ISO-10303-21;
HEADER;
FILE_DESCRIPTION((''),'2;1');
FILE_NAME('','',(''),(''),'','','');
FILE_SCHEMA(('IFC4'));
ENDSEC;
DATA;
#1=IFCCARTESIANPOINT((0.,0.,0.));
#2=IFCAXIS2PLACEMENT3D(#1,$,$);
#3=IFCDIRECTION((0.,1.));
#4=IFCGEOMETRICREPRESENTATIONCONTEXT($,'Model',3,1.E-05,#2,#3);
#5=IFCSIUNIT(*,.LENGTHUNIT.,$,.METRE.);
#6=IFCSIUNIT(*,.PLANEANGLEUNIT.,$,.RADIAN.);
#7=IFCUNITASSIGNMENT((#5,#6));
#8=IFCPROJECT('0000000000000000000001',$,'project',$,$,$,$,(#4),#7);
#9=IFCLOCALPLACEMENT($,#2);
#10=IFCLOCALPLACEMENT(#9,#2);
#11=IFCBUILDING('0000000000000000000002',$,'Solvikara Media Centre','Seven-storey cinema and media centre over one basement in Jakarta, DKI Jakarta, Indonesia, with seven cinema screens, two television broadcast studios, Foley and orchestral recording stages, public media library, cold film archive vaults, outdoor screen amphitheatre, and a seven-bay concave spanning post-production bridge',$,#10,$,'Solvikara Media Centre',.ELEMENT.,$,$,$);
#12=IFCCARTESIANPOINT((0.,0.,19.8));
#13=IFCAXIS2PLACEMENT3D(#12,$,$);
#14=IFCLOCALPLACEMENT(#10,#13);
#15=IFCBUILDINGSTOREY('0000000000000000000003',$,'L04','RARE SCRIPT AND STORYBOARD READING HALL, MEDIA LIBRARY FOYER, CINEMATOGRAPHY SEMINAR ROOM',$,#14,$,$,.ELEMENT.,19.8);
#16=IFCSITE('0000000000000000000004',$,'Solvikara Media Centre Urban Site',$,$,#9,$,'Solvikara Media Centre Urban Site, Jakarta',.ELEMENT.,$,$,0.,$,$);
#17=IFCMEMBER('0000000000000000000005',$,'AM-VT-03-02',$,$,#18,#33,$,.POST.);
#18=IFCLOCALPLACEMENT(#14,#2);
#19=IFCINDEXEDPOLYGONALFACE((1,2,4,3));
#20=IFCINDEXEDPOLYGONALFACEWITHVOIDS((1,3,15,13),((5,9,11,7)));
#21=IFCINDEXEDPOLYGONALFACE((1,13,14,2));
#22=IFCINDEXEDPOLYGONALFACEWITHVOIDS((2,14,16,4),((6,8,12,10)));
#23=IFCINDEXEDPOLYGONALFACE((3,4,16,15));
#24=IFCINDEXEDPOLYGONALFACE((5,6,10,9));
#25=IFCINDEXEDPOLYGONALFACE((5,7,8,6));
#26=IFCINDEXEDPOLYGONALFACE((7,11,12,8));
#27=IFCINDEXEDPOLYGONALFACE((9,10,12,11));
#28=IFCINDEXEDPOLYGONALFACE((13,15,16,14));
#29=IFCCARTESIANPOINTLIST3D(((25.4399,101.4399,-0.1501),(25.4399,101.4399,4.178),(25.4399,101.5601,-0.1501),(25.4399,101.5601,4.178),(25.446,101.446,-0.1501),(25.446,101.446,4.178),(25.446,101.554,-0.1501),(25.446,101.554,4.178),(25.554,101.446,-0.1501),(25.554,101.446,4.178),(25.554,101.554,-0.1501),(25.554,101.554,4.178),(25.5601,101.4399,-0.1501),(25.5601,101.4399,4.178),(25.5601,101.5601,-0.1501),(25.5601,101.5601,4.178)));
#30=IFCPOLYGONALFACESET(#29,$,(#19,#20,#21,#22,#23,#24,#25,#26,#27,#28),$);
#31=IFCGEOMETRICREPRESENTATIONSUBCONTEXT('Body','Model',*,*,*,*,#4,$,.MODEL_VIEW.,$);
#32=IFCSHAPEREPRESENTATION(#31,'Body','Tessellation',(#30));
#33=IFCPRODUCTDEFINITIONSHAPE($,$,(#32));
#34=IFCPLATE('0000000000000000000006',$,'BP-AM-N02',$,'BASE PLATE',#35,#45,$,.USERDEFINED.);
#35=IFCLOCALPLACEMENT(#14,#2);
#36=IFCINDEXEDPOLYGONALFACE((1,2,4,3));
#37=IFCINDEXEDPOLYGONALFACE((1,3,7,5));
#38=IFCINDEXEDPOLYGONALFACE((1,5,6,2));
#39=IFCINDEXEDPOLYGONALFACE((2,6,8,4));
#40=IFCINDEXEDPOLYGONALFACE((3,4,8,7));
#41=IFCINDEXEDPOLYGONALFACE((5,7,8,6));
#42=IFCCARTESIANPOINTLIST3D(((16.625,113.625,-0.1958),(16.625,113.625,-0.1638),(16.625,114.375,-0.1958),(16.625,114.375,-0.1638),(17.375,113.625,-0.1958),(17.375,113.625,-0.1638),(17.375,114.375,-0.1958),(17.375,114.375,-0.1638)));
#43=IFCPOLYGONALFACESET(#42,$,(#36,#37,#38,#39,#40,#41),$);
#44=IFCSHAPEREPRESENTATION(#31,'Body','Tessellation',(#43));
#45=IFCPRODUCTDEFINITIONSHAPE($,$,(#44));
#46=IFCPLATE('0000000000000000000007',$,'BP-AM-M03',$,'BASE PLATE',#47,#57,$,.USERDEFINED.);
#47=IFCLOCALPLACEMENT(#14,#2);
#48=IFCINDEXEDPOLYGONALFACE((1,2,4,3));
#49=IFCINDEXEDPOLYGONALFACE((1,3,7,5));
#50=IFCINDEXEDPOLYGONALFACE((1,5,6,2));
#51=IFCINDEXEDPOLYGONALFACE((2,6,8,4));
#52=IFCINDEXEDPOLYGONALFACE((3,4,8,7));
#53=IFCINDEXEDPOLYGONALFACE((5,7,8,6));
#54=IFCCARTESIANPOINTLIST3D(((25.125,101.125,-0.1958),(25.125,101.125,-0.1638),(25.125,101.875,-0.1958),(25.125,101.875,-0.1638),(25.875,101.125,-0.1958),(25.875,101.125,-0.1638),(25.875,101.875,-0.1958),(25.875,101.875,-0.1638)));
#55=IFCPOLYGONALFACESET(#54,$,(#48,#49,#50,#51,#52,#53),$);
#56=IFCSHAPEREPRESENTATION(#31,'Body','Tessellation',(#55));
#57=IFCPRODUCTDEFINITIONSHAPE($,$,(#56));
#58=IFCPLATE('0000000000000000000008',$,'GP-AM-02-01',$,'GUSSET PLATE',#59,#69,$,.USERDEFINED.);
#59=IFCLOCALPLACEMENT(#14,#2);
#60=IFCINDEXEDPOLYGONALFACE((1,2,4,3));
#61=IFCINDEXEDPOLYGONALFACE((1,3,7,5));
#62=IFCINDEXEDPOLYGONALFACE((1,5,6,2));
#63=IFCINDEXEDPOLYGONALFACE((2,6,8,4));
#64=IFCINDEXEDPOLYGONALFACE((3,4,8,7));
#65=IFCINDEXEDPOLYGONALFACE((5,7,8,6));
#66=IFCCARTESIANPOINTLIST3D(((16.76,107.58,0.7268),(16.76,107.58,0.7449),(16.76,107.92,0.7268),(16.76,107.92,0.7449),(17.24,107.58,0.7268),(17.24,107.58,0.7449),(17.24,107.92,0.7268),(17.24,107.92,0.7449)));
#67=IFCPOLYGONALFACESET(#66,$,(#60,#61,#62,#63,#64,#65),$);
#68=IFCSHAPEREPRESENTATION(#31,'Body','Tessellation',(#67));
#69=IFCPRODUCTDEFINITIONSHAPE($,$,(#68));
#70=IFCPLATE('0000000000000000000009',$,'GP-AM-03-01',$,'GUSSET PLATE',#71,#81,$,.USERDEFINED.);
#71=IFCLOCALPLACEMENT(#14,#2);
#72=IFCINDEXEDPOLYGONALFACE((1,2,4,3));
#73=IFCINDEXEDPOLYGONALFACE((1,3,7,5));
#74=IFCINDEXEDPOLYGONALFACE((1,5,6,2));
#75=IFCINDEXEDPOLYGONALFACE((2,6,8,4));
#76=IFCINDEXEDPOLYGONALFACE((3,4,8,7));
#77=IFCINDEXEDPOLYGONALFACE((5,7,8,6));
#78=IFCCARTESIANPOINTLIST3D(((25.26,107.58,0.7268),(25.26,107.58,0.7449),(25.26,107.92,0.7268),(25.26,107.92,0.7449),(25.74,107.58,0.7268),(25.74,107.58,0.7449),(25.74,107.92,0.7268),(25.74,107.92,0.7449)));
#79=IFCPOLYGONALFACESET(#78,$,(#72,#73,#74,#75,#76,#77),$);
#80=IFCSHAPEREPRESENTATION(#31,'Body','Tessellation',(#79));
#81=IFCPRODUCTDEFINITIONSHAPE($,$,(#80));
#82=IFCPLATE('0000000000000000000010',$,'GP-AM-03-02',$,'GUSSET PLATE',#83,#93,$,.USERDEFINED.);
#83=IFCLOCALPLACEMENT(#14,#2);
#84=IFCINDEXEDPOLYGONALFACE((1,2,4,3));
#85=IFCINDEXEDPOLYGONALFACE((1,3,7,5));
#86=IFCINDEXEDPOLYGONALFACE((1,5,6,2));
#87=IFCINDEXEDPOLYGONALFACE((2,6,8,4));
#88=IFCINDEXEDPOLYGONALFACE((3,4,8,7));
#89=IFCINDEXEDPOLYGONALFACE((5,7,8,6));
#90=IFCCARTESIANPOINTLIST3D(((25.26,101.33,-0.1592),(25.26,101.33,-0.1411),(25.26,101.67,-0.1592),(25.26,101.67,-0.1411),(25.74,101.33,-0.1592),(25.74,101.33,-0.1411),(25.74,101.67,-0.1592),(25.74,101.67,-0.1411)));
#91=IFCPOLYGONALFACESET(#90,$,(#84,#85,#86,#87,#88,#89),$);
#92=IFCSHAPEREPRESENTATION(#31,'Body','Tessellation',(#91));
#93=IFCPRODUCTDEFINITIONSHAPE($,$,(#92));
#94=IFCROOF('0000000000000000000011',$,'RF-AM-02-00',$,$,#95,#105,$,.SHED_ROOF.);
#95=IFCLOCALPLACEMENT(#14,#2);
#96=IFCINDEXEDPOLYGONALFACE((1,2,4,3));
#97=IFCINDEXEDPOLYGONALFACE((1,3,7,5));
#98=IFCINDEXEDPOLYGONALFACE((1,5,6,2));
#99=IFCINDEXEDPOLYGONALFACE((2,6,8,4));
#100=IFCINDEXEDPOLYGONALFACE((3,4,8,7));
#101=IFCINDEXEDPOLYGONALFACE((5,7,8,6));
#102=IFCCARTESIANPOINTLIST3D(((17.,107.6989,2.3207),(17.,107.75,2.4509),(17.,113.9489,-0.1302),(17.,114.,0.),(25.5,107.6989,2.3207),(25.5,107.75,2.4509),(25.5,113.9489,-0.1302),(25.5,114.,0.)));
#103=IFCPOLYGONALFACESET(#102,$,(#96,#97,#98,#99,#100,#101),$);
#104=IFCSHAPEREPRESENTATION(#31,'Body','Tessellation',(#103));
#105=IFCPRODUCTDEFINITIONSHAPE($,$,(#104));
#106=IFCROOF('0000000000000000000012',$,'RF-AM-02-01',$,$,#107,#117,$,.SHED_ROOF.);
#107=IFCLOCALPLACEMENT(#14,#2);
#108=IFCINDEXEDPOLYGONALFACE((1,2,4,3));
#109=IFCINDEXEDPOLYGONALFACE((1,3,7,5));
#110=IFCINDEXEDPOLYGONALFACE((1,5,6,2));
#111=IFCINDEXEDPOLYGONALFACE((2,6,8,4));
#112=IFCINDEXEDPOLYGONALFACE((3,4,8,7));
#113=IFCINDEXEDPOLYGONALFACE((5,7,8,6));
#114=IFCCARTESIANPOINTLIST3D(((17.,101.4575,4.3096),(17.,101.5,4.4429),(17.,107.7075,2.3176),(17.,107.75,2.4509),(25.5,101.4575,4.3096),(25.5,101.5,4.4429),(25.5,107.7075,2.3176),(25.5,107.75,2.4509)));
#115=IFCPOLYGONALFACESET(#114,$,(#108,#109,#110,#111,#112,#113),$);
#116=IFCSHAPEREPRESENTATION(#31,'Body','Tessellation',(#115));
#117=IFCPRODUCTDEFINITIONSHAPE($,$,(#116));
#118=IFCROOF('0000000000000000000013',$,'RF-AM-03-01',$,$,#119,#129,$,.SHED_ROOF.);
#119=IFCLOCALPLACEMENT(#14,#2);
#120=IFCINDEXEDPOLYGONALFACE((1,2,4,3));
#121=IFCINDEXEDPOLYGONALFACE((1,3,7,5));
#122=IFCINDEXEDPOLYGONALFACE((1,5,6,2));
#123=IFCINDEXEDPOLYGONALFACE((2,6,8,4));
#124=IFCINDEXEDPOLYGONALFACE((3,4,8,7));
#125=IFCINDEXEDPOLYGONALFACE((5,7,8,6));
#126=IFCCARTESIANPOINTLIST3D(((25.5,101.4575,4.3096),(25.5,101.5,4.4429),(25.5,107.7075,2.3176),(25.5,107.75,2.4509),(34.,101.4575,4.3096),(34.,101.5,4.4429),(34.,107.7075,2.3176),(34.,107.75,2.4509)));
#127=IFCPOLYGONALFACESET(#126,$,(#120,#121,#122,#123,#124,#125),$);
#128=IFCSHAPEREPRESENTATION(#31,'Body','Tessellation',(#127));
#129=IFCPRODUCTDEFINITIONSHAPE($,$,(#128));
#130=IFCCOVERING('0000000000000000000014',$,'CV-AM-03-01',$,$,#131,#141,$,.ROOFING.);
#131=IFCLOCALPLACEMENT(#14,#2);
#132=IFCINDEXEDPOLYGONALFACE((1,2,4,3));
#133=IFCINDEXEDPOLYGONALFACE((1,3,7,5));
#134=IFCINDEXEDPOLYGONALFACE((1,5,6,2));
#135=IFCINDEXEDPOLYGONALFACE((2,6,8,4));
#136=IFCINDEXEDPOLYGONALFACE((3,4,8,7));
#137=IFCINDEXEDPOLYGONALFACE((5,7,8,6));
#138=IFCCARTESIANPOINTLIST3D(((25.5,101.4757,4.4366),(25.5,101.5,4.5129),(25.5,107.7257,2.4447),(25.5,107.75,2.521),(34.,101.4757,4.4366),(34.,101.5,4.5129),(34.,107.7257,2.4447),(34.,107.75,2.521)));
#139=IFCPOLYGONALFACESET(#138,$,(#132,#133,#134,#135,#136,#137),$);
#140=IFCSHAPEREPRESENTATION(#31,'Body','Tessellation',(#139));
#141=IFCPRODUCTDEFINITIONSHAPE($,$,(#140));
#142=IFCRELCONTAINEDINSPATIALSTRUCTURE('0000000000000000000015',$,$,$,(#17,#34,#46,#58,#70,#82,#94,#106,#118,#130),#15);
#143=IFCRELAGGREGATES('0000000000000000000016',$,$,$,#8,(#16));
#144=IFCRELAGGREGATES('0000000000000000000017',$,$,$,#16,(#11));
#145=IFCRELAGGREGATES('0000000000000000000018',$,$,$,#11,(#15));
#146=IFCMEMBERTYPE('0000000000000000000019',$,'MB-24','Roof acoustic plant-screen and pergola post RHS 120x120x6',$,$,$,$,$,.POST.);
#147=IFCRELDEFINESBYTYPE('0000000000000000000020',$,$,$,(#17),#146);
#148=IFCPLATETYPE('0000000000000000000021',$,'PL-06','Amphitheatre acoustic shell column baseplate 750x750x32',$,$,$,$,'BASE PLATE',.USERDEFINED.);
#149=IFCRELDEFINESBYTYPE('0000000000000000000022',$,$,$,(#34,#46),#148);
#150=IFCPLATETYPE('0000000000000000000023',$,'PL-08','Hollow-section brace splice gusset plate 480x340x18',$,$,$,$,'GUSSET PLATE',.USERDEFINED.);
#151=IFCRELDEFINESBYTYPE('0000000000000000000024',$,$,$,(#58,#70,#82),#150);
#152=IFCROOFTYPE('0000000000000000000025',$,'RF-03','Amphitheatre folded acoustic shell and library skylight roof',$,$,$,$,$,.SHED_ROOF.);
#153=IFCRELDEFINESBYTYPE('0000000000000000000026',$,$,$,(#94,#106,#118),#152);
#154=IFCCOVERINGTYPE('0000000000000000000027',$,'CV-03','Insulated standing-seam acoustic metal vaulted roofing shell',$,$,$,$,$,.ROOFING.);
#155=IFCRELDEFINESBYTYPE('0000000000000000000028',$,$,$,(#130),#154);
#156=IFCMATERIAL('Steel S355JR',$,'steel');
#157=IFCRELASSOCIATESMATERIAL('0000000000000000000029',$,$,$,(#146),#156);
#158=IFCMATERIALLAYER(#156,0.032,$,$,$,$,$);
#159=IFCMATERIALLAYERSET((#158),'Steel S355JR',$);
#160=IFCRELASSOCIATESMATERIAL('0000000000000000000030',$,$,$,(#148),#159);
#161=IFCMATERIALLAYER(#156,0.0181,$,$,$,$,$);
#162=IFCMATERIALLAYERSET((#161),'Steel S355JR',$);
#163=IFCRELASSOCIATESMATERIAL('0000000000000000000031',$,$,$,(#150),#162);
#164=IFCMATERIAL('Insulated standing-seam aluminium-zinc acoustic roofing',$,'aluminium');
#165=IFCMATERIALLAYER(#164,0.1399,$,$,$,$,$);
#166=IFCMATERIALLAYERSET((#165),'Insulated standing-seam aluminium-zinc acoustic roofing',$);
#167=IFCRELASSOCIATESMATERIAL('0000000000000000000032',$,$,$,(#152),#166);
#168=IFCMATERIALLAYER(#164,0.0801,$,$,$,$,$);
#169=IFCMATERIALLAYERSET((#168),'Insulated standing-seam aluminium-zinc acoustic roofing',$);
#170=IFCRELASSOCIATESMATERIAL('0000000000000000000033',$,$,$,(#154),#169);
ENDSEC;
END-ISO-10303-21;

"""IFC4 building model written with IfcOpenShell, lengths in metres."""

from ifc_helpers import new_model, si_unit, direction, frame, origin, origin_2d, place, context, subcontext, project, spatial, polyline, rectangle, hollow_rectangle, outline, extrude, material, layer, layer_set, material_profile, profile_set, type_object, element, save


model = new_model("IFC4")

# Units and contexts
model_context = context("Model", 3, precision=1e-05, world=origin(), true_north=direction((0.0, 1.0)))
body_context = subcontext(model_context, "Body", "Model", "MODEL_VIEW")
ifc_project = project(units=[si_unit("LENGTHUNIT", "METRE"), si_unit("PLANEANGLEUNIT", "RADIAN")], contexts=[model_context])

# Site, building, storey
site_placement = place(None, origin())
site = spatial("IfcSite", under=ifc_project, at=site_placement, Name="Solvikara Media Centre Urban Site", LongName="Solvikara Media Centre Urban Site, Jakarta", CompositionType="ELEMENT", RefElevation=0.0)
building_placement = place(site_placement, origin())
building = spatial("IfcBuilding", under=site, at=building_placement, Name="Solvikara Media Centre", Description="Seven-storey cinema and media centre over one basement in Jakarta, DKI Jakarta, Indonesia, with seven cinema screens, two television broadcast studios, Foley and orchestral recording stages, public media library, cold film archive vaults, outdoor screen amphitheatre, and a seven-bay concave spanning post-production bridge", LongName="Solvikara Media Centre", CompositionType="ELEMENT")
storey_placement = place(building_placement, frame((0.0, 0.0, 19.8)))
storey = spatial("IfcBuildingStorey", under=building, at=storey_placement, Name="L04", Description="RARE SCRIPT AND STORYBOARD READING HALL, MEDIA LIBRARY FOYER, CINEMATOGRAPHY SEMINAR ROOM", CompositionType="ELEMENT", Elevation=19.8)

# Shared definitions
ifc_material_1 = material(Name="Steel S355JR", Category="steel")

# Member
ifc_material_profile_1 = material_profile(ifc_material_1, hollow_rectangle(XDim=0.1201, YDim=0.1201, WallThickness=0.0061, at=origin_2d()), Name="RHS 120x120x6")
ifc_profile_set_1 = profile_set([ifc_material_profile_1], Name="Steel S355JR")
member_type_1 = type_object("IfcMemberType", Name="MB-24", Description="Roof acoustic plant-screen and pergola post RHS 120x120x6", PredefinedType="POST", material=ifc_profile_set_1)
member_1_placement = place(storey_placement, frame((25.5, 101.5, -0.1501), z_axis=(0.0, 0.0, 1.0), x_axis=(1.0, 0.0, 0.0)))
element("IfcMember", 1, at=member_1_placement, inside=storey, type_object=member_type_1, Name="AM-VT-03-02", PredefinedType="POST", context=body_context, shape_type="SweptSolid", body=[
    extrude(hollow_rectangle(XDim=0.1201, YDim=0.1201, WallThickness=0.0061, at=origin_2d()), origin(), (0.0, 0.0, 1.0), 4.3281),
])

# Plates
ifc_layer_1 = layer(ifc_material_1, 0.032)
ifc_layer_set_1 = layer_set([ifc_layer_1], Name="Steel S355JR")
plate_type_1 = type_object("IfcPlateType", Name="PL-06", Description="Amphitheatre acoustic shell column baseplate 750x750x32", ElementType="BASE PLATE", PredefinedType="USERDEFINED", material=ifc_layer_set_1)
for number, where, z_axis, x_axis, name in (
    (2, (17.0, 114.0, -0.1958), (0.0, 0.0, 1.0), (1.0, 0.0, 0.0), "BP-AM-N02"),
    (3, (25.5, 101.5, -0.1958), (0.0, 0.0, 1.0), (1.0, 0.0, 0.0), "BP-AM-M03"),
):
    element("IfcPlate", number, at=place(storey_placement, frame(where, z_axis=z_axis, x_axis=x_axis)), inside=storey, type_object=plate_type_1, Name=name, ObjectType="BASE PLATE", PredefinedType="USERDEFINED", context=body_context, shape_type="SweptSolid", body=[
        extrude(rectangle(XDim=0.75, YDim=0.75, at=origin_2d()), origin(), (0.0, 0.0, 1.0), 0.032),
    ])
ifc_layer_2 = layer(ifc_material_1, 0.0181)
ifc_layer_set_2 = layer_set([ifc_layer_2], Name="Steel S355JR")
plate_type_2 = type_object("IfcPlateType", Name="PL-08", Description="Hollow-section brace splice gusset plate 480x340x18", ElementType="GUSSET PLATE", PredefinedType="USERDEFINED", material=ifc_layer_set_2)
for number, where, z_axis, x_axis, name in (
    (4, (17.0, 107.75, 0.7268), (0.0, 0.0, 1.0), (1.0, 0.0, 0.0), "GP-AM-02-01"),
    (5, (25.5, 107.75, 0.7268), (0.0, 0.0, 1.0), (1.0, 0.0, 0.0), "GP-AM-03-01"),
    (6, (25.5, 101.5, -0.1592), (0.0, 0.0, 1.0), (1.0, 0.0, 0.0), "GP-AM-03-02"),
):
    element("IfcPlate", number, at=place(storey_placement, frame(where, z_axis=z_axis, x_axis=x_axis)), inside=storey, type_object=plate_type_2, Name=name, ObjectType="GUSSET PLATE", PredefinedType="USERDEFINED", context=body_context, shape_type="SweptSolid", body=[
        extrude(rectangle(XDim=0.48, YDim=0.3401, at=origin_2d()), origin(), (0.0, 0.0, 1.0), 0.0181),
    ])

# Roofs
ifc_material_2 = material(Name="Insulated standing-seam aluminium-zinc acoustic roofing", Category="aluminium")
ifc_layer_3 = layer(ifc_material_2, 0.1399)
ifc_layer_set_3 = layer_set([ifc_layer_3], Name="Insulated standing-seam aluminium-zinc acoustic roofing")
roof_type = type_object("IfcRoofType", Name="RF-03", Description="Amphitheatre folded acoustic shell and library skylight roof", PredefinedType="SHED_ROOF", material=ifc_layer_set_3)
roof_placement = place(storey_placement, frame((17.0, 114.0, 0.0), z_axis=(0.0, 0.365081, 0.930976), x_axis=(1.0, 0.0, 0.0)))
element("IfcRoof", 7, at=roof_placement, inside=storey, type_object=roof_type, Name="RF-AM-02-00", PredefinedType="SHED_ROOF", context=body_context, shape_type="SweptSolid", body=[
    extrude(outline(polyline([(0.0, 0.0), (8.5, 0.0), (8.5, -6.7134), (0.0, -6.7134), (0.0, 0.0)])), origin(), (0.0, 0.0, -1.0), 0.1399),
])
for number, where, z_axis, x_axis, name in (
    (8, (17.0, 107.75, 2.4509), (0.0, 0.303661, 0.95278), (1.0, 0.0, 0.0), "RF-AM-02-01"),
    (9, (25.5, 107.75, 2.4509), (0.0, 0.303661, 0.95278), (1.0, 0.0, 0.0), "RF-AM-03-01"),
):
    element("IfcRoof", number, at=place(storey_placement, frame(where, z_axis=z_axis, x_axis=x_axis)), inside=storey, type_object=roof_type, Name=name, PredefinedType="SHED_ROOF", context=body_context, shape_type="SweptSolid", body=[
        extrude(outline(polyline([(0.0, 0.0), (8.5, 0.0), (8.5, -6.5598), (0.0, -6.5598), (0.0, 0.0)])), origin(), (0.0, 0.0, -1.0), 0.1399),
    ])

# Covering
ifc_layer_4 = layer(ifc_material_2, 0.0801)
ifc_layer_set_4 = layer_set([ifc_layer_4], Name="Insulated standing-seam aluminium-zinc acoustic roofing")
covering_type = type_object("IfcCoveringType", Name="CV-03", Description="Insulated standing-seam acoustic metal vaulted roofing shell", PredefinedType="ROOFING", material=ifc_layer_set_4)
covering_placement = place(storey_placement, frame((25.5, 107.75, 2.521), z_axis=(0.0, 0.303661, 0.95278), x_axis=(1.0, 0.0, 0.0)))
element("IfcCovering", 10, at=covering_placement, inside=storey, type_object=covering_type, Name="CV-AM-03-01", PredefinedType="ROOFING", context=body_context, shape_type="SweptSolid", body=[
    extrude(outline(polyline([(0.0, 0.0), (8.5, 0.0), (8.5, -6.5598), (0.0, -6.5598), (0.0, 0.0)])), origin(), (0.0, 0.0, -1.0), 0.0801),
])

save(model, "model.ifc")
